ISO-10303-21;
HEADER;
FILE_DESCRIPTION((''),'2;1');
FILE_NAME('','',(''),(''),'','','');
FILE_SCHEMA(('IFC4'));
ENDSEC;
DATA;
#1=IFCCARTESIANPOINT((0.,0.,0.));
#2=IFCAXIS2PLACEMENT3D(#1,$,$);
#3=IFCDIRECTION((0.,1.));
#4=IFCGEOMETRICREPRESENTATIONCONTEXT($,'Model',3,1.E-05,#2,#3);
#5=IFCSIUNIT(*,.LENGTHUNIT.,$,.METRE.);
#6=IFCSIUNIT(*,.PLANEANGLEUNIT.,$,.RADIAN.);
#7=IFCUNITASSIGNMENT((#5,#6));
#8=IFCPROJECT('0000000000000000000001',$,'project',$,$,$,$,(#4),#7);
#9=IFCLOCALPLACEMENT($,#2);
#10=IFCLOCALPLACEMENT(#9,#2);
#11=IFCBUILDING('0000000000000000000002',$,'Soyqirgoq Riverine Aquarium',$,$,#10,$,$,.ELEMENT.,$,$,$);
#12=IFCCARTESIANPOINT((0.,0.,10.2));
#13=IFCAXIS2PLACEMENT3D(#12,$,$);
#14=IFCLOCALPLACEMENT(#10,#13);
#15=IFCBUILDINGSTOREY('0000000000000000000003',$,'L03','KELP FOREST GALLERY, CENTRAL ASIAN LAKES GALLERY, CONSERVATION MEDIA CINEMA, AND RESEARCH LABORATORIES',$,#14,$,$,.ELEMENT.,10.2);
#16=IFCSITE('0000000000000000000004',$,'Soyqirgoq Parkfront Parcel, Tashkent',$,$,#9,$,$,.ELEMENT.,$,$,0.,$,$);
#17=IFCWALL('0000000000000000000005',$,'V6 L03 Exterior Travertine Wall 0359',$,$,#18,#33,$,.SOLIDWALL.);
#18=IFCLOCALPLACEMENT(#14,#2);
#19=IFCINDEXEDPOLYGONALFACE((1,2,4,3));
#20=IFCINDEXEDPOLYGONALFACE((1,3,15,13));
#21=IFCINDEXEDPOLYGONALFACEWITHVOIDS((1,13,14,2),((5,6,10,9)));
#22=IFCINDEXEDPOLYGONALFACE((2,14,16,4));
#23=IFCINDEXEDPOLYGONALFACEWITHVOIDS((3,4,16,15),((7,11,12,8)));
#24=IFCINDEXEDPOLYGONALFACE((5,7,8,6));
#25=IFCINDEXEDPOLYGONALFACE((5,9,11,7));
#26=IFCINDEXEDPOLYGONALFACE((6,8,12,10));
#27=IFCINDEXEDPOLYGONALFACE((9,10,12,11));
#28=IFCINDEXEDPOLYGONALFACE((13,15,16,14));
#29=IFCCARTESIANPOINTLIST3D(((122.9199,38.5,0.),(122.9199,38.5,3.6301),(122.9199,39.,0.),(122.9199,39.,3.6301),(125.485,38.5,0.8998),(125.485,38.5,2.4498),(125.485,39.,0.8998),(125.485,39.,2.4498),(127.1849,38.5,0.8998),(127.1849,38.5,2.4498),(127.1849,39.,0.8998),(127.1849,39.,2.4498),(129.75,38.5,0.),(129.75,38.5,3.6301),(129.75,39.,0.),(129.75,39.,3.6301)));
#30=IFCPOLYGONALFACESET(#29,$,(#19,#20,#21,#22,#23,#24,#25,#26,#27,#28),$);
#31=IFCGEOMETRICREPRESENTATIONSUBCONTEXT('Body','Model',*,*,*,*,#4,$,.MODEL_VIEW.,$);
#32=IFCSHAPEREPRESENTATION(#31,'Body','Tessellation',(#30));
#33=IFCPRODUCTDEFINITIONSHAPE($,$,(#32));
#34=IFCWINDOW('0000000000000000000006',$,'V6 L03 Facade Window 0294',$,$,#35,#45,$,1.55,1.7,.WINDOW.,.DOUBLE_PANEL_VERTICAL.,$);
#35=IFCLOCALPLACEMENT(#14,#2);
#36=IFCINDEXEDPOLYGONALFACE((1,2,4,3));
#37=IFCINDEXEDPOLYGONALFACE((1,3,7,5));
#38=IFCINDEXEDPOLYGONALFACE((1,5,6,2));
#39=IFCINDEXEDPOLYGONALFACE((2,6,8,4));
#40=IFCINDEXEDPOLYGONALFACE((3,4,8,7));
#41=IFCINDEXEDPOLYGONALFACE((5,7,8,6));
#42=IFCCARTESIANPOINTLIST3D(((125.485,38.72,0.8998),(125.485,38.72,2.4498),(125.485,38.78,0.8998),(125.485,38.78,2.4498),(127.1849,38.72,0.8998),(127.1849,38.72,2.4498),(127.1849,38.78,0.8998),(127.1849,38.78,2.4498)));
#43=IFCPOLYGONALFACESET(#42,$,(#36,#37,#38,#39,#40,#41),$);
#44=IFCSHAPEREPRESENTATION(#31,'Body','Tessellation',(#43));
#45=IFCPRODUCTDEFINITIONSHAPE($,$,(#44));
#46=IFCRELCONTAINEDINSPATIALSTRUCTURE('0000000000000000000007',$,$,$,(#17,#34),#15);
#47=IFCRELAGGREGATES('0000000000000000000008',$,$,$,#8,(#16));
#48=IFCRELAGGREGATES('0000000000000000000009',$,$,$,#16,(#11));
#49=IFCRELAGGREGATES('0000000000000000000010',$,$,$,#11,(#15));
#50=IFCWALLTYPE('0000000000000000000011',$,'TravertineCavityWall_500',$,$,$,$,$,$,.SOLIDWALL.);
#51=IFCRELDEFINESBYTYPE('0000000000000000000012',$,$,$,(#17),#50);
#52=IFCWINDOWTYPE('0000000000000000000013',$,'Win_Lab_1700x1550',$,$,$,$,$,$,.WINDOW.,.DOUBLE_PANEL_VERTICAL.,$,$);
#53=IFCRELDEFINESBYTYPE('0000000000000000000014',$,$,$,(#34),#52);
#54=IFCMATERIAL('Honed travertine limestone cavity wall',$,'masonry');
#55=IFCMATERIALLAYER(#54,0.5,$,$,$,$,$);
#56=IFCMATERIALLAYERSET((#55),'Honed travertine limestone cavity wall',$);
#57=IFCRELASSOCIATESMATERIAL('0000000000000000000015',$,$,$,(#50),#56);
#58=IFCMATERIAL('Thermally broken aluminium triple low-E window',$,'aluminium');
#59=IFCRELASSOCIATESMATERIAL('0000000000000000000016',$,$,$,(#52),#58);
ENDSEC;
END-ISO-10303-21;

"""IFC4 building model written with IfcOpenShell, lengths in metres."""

from ifc_helpers import new_model, si_unit, direction, frame, frame_2d, origin, place, context, subcontext, project, spatial, rectangle, extrude, material, layer, layer_set, type_object, element, fill, save


model = new_model("IFC4")

# Units and contexts
model_context = context("Model", 3, precision=1e-05, world=origin(), true_north=direction((0.0, 1.0)))
body_context = subcontext(model_context, "Body", "Model", "MODEL_VIEW")
ifc_project = project(units=[si_unit("LENGTHUNIT", "METRE"), si_unit("PLANEANGLEUNIT", "RADIAN")], contexts=[model_context])

# Site, building, storey
site_placement = place(None, origin())
site = spatial("IfcSite", under=ifc_project, at=site_placement, Name="Soyqirgoq Parkfront Parcel, Tashkent", CompositionType="ELEMENT", RefElevation=0.0)
building_placement = place(site_placement, origin())
building = spatial("IfcBuilding", under=site, at=building_placement, Name="Soyqirgoq Riverine Aquarium", CompositionType="ELEMENT")
storey_placement = place(building_placement, frame((0.0, 0.0, 10.2)))
storey = spatial("IfcBuildingStorey", under=building, at=storey_placement, Name="L03", Description="KELP FOREST GALLERY, CENTRAL ASIAN LAKES GALLERY, CONSERVATION MEDIA CINEMA, AND RESEARCH LABORATORIES", CompositionType="ELEMENT", Elevation=10.2)

# Shared definitions
ifc_material_1 = material(Name="Honed travertine limestone cavity wall", Category="masonry")
ifc_layer_1 = layer(ifc_material_1, 0.5)
ifc_layer_set_1 = layer_set([ifc_layer_1], Name="Honed travertine limestone cavity wall")
wall_type_1 = type_object("IfcWallType", Name="TravertineCavityWall_500", PredefinedType="SOLIDWALL", material=ifc_layer_set_1)

# Wall, opening, window
wall_1_placement = place(storey_placement, frame((122.9199, 38.75, 0.0), z_axis=(0.0, 0.0, 1.0), x_axis=(1.0, 0.0, 0.0)))
wall_1 = element("IfcWall", 1, at=wall_1_placement, inside=storey, type_object=wall_type_1, Name="V6 L03 Exterior Travertine Wall 0359", PredefinedType="SOLIDWALL", context=body_context, shape_type="SweptSolid", body=[
    extrude(rectangle(XDim=6.8301, YDim=0.5, at=frame_2d((3.415, 0.0))), origin(), (0.0, 0.0, 1.0), 3.6301),
])
opening_1_placement = place(wall_1_placement, frame((2.5649, 0.0, 0.8999)))
opening_1 = element("IfcOpeningElement", 2, at=opening_1_placement, cuts=wall_1, PredefinedType="OPENING", context=body_context, shape_type="SweptSolid", body=[
    extrude(rectangle(XDim=1.7, YDim=1.55, at=frame_2d((0.8501, 0.7749))), frame((0.0, 0.26, 0.0), z_axis=(0.0, -1.0, 0.0), x_axis=(1.0, 0.0, 0.0)), (0.0, 0.0, 1.0), 0.52),
])
ifc_material_2 = material(Name="Thermally broken aluminium triple low-E window", Category="aluminium")
window_type = type_object("IfcWindowType", Name="Win_Lab_1700x1550", PartitioningType="DOUBLE_PANEL_VERTICAL", PredefinedType="WINDOW", material=ifc_material_2)
window_placement = place(opening_1_placement, origin())
window = element("IfcWindow", 3, at=window_placement, inside=storey, type_object=window_type, Name="V6 L03 Facade Window 0294", OverallHeight=1.55, OverallWidth=1.7, PartitioningType="DOUBLE_PANEL_VERTICAL", PredefinedType="WINDOW", context=body_context, shape_type="SweptSolid", body=[
    extrude(rectangle(XDim=1.7, YDim=1.55, at=frame_2d((0.8501, 0.7749))), frame((0.0, 0.03, 0.0), z_axis=(0.0, -1.0, 0.0), x_axis=(1.0, 0.0, 0.0)), (0.0, 0.0, 1.0), 0.0601),
])
fill(opening_1, window)

save(model, "model.ifc")
